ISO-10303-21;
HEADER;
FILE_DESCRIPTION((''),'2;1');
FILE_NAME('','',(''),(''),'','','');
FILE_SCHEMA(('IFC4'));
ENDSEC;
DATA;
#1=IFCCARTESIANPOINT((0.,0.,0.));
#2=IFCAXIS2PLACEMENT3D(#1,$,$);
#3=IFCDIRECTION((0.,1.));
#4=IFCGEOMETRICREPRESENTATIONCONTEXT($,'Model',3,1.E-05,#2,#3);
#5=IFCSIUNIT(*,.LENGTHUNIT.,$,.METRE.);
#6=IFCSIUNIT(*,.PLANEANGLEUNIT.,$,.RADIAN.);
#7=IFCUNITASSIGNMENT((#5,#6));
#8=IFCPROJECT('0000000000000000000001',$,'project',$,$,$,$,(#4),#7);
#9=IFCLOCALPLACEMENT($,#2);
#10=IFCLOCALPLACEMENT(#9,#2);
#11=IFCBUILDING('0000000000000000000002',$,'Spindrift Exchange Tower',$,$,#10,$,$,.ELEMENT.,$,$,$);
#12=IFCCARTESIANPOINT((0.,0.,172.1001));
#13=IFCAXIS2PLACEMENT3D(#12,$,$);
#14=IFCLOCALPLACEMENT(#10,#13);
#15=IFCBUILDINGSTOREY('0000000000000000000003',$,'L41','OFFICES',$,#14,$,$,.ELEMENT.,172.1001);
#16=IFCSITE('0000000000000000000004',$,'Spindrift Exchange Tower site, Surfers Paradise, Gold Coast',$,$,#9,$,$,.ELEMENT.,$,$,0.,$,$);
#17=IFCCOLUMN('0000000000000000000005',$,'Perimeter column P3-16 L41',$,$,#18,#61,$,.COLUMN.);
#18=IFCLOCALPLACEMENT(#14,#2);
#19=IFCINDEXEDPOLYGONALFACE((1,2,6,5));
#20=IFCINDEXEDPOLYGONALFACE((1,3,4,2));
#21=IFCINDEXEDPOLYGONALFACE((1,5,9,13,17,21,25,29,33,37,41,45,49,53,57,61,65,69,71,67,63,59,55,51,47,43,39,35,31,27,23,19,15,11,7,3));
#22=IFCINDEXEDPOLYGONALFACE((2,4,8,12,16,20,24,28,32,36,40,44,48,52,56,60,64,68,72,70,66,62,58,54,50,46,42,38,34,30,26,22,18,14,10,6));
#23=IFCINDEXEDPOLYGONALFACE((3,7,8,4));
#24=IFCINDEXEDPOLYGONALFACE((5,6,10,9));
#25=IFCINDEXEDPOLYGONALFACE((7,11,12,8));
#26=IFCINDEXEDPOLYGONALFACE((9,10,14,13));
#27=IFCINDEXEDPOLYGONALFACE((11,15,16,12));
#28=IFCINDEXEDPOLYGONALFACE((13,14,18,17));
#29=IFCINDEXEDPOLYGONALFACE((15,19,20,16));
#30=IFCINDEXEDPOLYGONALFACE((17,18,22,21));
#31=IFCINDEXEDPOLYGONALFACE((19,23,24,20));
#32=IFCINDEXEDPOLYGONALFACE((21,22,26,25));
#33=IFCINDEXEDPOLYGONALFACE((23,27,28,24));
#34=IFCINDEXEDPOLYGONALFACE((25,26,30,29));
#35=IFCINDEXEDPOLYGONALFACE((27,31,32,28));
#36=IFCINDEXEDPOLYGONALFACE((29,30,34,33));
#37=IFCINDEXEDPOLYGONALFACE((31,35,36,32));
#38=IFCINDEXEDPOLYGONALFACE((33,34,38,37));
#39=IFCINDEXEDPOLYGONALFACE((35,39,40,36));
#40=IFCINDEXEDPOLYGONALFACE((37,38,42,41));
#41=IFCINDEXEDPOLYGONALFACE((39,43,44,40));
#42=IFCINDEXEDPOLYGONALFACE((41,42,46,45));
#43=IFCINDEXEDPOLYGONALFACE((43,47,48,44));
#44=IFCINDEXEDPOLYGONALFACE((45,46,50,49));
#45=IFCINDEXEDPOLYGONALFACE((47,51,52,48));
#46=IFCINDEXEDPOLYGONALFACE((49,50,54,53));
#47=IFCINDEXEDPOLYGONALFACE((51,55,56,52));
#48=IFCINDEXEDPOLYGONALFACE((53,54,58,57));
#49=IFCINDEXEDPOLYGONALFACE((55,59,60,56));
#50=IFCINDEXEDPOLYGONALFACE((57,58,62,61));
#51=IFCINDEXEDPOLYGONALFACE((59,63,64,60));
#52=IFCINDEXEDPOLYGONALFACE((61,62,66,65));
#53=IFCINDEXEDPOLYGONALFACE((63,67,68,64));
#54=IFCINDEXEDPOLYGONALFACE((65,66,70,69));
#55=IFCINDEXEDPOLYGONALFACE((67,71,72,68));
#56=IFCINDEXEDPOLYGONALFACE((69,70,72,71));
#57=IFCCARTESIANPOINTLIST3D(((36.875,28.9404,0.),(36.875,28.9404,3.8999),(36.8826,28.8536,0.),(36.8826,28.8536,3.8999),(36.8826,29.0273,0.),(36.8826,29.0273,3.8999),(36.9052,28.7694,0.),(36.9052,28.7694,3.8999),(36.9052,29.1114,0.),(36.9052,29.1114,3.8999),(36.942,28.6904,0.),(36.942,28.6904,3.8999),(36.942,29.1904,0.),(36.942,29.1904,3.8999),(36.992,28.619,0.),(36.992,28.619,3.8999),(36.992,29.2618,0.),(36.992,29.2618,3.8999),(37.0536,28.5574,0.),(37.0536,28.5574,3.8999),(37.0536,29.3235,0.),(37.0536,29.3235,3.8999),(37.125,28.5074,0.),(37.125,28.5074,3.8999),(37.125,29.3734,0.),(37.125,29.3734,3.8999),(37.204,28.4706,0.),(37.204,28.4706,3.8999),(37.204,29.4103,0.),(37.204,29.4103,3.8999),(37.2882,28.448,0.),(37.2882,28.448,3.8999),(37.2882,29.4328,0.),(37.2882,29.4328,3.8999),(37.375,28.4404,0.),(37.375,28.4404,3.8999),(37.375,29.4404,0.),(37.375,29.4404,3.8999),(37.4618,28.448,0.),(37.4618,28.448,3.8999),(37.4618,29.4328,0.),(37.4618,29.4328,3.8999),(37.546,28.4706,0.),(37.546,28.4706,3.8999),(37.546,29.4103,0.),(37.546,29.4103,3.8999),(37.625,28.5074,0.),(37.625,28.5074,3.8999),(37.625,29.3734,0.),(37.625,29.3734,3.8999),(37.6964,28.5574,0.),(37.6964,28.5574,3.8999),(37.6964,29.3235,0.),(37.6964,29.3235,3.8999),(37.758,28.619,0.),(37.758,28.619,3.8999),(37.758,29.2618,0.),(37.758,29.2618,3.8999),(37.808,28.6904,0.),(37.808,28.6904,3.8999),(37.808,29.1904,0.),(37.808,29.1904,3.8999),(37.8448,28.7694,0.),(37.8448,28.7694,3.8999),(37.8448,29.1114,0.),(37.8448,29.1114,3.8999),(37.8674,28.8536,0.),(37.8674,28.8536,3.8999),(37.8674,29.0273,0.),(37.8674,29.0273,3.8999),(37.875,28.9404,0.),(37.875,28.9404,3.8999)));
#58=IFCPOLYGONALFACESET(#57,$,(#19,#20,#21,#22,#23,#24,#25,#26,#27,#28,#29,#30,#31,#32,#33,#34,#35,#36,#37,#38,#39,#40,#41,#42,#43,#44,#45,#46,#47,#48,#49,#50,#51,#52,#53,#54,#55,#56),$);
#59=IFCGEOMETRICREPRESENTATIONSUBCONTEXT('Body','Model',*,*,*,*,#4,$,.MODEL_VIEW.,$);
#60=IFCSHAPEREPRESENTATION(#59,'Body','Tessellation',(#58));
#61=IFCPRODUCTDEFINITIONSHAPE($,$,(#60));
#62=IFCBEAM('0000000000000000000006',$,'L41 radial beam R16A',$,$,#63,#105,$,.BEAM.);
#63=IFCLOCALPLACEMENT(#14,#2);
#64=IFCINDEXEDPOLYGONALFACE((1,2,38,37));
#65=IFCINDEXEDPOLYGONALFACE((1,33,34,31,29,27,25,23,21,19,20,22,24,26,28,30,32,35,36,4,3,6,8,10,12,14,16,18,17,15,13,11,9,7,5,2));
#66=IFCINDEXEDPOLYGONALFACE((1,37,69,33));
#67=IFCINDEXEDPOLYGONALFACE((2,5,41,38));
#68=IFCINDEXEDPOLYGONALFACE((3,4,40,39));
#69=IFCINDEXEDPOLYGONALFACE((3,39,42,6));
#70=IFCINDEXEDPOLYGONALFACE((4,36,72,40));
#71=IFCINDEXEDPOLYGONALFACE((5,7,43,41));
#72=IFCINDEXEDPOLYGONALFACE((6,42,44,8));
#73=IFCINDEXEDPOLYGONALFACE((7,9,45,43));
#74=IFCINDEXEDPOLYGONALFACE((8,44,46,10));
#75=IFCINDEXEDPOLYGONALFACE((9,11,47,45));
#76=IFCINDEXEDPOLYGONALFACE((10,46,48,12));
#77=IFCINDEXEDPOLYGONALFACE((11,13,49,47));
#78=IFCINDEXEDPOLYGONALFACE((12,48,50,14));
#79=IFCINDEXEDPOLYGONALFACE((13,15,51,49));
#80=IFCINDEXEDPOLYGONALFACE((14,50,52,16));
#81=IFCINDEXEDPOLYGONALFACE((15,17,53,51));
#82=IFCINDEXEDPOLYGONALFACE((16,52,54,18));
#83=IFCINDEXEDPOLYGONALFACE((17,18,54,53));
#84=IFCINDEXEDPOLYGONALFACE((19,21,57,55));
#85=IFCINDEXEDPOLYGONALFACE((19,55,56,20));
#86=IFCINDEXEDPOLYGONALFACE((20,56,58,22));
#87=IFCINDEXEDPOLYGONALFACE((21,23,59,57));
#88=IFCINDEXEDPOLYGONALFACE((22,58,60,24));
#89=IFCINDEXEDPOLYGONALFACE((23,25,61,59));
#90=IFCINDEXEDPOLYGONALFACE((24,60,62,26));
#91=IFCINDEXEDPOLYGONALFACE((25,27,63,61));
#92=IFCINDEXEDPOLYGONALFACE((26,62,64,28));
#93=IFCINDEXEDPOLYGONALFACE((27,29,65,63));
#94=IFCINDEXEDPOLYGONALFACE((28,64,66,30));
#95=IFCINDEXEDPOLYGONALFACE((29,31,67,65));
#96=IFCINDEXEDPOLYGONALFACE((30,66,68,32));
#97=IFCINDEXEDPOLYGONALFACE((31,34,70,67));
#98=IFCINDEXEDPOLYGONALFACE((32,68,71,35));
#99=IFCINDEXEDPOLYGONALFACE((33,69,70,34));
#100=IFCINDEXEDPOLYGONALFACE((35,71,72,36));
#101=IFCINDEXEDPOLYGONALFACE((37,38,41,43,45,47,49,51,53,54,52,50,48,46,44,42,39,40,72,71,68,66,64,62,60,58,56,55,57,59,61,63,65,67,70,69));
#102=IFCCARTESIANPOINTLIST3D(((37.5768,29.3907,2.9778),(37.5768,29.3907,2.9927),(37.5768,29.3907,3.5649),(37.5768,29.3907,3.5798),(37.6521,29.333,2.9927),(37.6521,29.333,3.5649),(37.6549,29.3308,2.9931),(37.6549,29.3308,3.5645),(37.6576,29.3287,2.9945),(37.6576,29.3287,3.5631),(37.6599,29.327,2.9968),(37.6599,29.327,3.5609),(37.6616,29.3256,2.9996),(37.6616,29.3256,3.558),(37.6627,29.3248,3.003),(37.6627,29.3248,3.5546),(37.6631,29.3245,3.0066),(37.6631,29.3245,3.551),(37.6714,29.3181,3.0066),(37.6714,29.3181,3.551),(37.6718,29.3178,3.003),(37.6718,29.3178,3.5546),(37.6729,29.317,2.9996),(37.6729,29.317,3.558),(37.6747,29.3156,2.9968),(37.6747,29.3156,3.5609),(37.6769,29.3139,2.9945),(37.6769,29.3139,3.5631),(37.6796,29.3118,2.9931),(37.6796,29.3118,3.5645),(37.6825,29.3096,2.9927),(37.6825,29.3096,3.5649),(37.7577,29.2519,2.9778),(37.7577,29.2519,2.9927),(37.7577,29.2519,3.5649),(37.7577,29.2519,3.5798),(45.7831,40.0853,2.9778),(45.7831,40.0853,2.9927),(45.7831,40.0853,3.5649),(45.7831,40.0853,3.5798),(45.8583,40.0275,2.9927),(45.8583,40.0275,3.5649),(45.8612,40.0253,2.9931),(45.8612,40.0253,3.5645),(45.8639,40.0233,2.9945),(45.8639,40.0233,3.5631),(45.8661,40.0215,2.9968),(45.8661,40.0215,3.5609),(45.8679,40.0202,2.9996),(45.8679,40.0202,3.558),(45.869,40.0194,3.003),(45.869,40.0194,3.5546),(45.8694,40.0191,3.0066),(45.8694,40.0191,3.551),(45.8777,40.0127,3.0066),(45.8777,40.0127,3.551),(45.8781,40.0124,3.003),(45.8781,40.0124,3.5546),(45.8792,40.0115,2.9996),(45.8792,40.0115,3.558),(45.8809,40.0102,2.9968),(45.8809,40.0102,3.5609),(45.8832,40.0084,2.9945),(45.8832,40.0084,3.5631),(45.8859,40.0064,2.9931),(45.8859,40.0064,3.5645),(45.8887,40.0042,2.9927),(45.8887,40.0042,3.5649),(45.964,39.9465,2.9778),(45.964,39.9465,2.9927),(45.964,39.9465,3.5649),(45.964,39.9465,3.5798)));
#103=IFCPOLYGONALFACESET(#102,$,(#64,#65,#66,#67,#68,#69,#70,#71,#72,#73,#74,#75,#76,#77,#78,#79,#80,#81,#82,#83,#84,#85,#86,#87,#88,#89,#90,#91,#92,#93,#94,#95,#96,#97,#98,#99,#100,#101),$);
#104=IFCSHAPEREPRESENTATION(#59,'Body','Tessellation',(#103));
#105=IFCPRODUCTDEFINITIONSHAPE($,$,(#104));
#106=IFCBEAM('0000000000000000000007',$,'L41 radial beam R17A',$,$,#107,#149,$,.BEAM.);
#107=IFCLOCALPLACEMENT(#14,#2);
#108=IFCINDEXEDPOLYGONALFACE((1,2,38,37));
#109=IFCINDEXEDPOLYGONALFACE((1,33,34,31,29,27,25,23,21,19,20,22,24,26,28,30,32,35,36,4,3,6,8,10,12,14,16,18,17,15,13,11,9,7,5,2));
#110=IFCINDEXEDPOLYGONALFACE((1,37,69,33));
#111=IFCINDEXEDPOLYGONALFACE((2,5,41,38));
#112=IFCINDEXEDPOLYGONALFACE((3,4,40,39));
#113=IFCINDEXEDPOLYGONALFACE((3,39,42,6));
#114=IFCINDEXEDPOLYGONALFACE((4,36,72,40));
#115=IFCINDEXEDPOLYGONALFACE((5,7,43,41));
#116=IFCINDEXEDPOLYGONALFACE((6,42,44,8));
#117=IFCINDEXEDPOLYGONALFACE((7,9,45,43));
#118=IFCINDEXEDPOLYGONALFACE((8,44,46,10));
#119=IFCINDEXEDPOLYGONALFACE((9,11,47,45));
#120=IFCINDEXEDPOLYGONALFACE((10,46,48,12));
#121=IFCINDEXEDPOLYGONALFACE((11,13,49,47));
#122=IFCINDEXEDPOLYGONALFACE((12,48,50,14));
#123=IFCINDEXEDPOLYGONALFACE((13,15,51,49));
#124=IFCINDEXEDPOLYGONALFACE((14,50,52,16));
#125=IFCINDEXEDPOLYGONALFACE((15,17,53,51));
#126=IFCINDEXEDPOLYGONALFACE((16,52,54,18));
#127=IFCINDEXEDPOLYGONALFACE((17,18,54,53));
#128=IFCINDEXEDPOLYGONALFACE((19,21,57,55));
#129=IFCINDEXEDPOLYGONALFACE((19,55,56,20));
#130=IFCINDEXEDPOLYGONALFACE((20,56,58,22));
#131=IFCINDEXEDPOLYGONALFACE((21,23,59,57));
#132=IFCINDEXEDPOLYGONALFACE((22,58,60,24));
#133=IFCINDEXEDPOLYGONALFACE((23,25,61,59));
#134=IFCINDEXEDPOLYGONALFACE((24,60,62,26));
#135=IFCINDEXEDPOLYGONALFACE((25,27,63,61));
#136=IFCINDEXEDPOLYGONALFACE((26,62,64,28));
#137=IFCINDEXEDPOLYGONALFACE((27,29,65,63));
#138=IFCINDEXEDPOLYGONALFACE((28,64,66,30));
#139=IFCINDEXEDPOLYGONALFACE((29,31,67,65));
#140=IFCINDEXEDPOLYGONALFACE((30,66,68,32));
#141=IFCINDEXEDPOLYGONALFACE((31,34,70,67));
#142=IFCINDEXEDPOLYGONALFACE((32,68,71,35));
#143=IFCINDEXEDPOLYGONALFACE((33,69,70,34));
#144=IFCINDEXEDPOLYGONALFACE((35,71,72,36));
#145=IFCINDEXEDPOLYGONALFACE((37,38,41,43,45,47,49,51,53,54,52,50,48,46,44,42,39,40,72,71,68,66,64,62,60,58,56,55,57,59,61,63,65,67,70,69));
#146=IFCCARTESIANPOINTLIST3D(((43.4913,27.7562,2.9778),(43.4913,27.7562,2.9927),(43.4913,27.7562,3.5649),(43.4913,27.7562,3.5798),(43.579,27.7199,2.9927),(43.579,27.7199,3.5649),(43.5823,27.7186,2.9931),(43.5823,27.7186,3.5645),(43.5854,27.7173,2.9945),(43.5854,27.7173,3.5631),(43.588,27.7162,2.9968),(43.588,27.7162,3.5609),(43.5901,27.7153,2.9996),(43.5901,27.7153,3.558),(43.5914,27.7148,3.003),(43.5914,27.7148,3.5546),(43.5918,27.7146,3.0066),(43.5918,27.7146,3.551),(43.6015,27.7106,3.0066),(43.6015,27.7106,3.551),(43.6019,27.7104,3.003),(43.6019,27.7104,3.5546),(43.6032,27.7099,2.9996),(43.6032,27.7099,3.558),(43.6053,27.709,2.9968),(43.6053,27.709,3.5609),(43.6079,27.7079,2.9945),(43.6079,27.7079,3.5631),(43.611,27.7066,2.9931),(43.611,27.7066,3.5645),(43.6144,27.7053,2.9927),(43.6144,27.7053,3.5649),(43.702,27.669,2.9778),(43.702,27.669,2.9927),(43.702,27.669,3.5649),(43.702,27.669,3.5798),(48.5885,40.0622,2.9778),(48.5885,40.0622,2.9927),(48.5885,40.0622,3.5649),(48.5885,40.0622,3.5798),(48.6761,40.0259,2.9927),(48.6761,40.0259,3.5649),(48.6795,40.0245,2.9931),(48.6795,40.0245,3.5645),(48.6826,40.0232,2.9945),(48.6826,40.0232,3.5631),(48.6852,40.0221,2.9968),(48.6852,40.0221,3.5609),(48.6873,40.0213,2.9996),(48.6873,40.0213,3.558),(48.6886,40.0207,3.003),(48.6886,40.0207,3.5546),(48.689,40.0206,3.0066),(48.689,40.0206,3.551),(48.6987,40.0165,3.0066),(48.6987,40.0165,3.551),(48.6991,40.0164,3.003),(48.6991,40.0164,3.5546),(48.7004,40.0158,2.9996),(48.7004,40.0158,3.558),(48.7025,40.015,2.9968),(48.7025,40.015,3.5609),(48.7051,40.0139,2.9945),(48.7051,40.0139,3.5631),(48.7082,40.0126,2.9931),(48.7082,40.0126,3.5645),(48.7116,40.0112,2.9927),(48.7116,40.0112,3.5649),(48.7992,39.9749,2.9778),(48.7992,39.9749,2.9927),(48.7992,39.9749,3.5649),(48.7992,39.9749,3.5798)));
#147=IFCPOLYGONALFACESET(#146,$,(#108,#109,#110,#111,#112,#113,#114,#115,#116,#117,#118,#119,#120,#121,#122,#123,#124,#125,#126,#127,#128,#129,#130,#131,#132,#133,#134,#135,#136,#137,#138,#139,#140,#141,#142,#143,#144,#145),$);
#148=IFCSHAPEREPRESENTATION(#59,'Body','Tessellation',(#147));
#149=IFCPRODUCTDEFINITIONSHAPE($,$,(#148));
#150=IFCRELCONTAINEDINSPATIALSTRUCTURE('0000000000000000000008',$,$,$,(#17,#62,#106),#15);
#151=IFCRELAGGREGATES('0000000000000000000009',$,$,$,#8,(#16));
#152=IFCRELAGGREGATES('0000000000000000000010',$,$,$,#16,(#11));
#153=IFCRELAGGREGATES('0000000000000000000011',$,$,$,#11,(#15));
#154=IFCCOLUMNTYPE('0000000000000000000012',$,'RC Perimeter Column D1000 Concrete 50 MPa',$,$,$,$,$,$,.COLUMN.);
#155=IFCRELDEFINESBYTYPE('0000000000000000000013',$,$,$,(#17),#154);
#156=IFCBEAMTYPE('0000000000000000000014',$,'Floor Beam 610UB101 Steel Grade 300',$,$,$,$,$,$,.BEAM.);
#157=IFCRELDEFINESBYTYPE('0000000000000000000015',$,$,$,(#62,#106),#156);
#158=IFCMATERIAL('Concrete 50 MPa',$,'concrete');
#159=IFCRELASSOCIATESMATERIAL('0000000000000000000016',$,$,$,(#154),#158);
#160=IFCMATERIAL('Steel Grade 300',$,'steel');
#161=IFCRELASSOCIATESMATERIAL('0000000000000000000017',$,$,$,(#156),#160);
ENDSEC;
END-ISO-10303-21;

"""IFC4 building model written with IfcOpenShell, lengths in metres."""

from ifc_helpers import new_model, si_unit, direction, frame, origin, origin_2d, place, context, subcontext, project, spatial, circle, i_section, extrude, source, transform, mapped, material, material_profile, profile_set, type_object, element, save


model = new_model("IFC4")

# Units and contexts
model_context = context("Model", 3, precision=1e-05, world=origin(), true_north=direction((0.0, 1.0)))
body_context = subcontext(model_context, "Body", "Model", "MODEL_VIEW")
ifc_project = project(units=[si_unit("LENGTHUNIT", "METRE"), si_unit("PLANEANGLEUNIT", "RADIAN")], contexts=[model_context])

# Site, building, storey
site_placement = place(None, origin())
site = spatial("IfcSite", under=ifc_project, at=site_placement, Name="Spindrift Exchange Tower site, Surfers Paradise, Gold Coast", CompositionType="ELEMENT", RefElevation=0.0)
building_placement = place(site_placement, origin())
building = spatial("IfcBuilding", under=site, at=building_placement, Name="Spindrift Exchange Tower", CompositionType="ELEMENT")
storey_placement = place(building_placement, frame((0.0, 0.0, 172.1001)))
storey = spatial("IfcBuildingStorey", under=building, at=storey_placement, Name="L41", Description="OFFICES", CompositionType="ELEMENT", Elevation=172.1001)

# Column
ifc_material_1 = material(Name="Concrete 50 MPa", Category="concrete")
ifc_material_profile_1 = material_profile(ifc_material_1, circle(Radius=0.5, at=origin_2d()), Name="RC D1000")
ifc_profile_set_1 = profile_set([ifc_material_profile_1], Name="Concrete 50 MPa")
column_type = type_object("IfcColumnType", Name="RC Perimeter Column D1000 Concrete 50 MPa", PredefinedType="COLUMN", material=ifc_profile_set_1)
shared_shape_1 = source(origin(), body_context, "Body", "SweptSolid", [
    extrude(circle(Radius=0.5, at=origin_2d()), origin(), (0.0, 0.0, 1.0), 3.8999),
])
column_placement = place(storey_placement, frame((37.375, 28.9404, 0.0), z_axis=(0.0, 0.0, 1.0), x_axis=(1.0, 0.0, 0.0)))
element("IfcColumn", 1, at=column_placement, inside=storey, type_object=column_type, Name="Perimeter column P3-16 L41", PredefinedType="COLUMN", context=body_context, shape_type="MappedRepresentation", body=[
    mapped(shared_shape_1, transform((0.0, 0.0, 0.0), scale=1.0)),
])

# Beams
ifc_material_2 = material(Name="Steel Grade 300", Category="steel")
ifc_material_profile_2 = material_profile(ifc_material_2, i_section(OverallWidth=0.228, OverallDepth=0.6021, WebThickness=0.0105, FlangeThickness=0.0149, FilletRadius=0.0139, at=origin_2d()), Name="610UB101")
ifc_profile_set_2 = profile_set([ifc_material_profile_2], Name="Steel Grade 300")
beam_type_1 = type_object("IfcBeamType", Name="Floor Beam 610UB101 Steel Grade 300", PredefinedType="BEAM", material=ifc_profile_set_2)
shared_shape_2 = source(origin(), body_context, "Body", "SweptSolid", [
    extrude(i_section(OverallWidth=0.228, OverallDepth=0.6021, WebThickness=0.0105, FlangeThickness=0.0149, FilletRadius=0.0139, at=origin_2d()), origin(), (0.0, 0.0, 1.0), 13.4802),
])
beam_1_placement = place(storey_placement, frame((45.8735, 40.0159, 3.2788), z_axis=(-0.608764, -0.793351, 0.0), x_axis=(0.793351, -0.608764, 0.0)))
element("IfcBeam", 2, at=beam_1_placement, inside=storey, type_object=beam_type_1, Name="L41 radial beam R16A", PredefinedType="BEAM", context=body_context, shape_type="MappedRepresentation", body=[
    mapped(shared_shape_2, transform((0.0, 0.0, 0.0), scale=1.0)),
])
shared_shape_3 = source(origin(), body_context, "Body", "SweptSolid", [
    extrude(i_section(OverallWidth=0.228, OverallDepth=0.6021, WebThickness=0.0105, FlangeThickness=0.0149, FilletRadius=0.0139, at=origin_2d()), origin(), (0.0, 0.0, 1.0), 13.3198),
])
beam_2_placement = place(storey_placement, frame((48.6938, 40.0186, 3.2788), z_axis=(-0.382677, -0.923882, 0.0), x_axis=(0.923882, -0.382677, 0.0)))
element("IfcBeam", 3, at=beam_2_placement, inside=storey, type_object=beam_type_1, Name="L41 radial beam R17A", PredefinedType="BEAM", context=body_context, shape_type="MappedRepresentation", body=[
    mapped(shared_shape_3, transform((0.0, 0.0, 0.0), scale=1.0)),
])

save(model, "model.ifc")
